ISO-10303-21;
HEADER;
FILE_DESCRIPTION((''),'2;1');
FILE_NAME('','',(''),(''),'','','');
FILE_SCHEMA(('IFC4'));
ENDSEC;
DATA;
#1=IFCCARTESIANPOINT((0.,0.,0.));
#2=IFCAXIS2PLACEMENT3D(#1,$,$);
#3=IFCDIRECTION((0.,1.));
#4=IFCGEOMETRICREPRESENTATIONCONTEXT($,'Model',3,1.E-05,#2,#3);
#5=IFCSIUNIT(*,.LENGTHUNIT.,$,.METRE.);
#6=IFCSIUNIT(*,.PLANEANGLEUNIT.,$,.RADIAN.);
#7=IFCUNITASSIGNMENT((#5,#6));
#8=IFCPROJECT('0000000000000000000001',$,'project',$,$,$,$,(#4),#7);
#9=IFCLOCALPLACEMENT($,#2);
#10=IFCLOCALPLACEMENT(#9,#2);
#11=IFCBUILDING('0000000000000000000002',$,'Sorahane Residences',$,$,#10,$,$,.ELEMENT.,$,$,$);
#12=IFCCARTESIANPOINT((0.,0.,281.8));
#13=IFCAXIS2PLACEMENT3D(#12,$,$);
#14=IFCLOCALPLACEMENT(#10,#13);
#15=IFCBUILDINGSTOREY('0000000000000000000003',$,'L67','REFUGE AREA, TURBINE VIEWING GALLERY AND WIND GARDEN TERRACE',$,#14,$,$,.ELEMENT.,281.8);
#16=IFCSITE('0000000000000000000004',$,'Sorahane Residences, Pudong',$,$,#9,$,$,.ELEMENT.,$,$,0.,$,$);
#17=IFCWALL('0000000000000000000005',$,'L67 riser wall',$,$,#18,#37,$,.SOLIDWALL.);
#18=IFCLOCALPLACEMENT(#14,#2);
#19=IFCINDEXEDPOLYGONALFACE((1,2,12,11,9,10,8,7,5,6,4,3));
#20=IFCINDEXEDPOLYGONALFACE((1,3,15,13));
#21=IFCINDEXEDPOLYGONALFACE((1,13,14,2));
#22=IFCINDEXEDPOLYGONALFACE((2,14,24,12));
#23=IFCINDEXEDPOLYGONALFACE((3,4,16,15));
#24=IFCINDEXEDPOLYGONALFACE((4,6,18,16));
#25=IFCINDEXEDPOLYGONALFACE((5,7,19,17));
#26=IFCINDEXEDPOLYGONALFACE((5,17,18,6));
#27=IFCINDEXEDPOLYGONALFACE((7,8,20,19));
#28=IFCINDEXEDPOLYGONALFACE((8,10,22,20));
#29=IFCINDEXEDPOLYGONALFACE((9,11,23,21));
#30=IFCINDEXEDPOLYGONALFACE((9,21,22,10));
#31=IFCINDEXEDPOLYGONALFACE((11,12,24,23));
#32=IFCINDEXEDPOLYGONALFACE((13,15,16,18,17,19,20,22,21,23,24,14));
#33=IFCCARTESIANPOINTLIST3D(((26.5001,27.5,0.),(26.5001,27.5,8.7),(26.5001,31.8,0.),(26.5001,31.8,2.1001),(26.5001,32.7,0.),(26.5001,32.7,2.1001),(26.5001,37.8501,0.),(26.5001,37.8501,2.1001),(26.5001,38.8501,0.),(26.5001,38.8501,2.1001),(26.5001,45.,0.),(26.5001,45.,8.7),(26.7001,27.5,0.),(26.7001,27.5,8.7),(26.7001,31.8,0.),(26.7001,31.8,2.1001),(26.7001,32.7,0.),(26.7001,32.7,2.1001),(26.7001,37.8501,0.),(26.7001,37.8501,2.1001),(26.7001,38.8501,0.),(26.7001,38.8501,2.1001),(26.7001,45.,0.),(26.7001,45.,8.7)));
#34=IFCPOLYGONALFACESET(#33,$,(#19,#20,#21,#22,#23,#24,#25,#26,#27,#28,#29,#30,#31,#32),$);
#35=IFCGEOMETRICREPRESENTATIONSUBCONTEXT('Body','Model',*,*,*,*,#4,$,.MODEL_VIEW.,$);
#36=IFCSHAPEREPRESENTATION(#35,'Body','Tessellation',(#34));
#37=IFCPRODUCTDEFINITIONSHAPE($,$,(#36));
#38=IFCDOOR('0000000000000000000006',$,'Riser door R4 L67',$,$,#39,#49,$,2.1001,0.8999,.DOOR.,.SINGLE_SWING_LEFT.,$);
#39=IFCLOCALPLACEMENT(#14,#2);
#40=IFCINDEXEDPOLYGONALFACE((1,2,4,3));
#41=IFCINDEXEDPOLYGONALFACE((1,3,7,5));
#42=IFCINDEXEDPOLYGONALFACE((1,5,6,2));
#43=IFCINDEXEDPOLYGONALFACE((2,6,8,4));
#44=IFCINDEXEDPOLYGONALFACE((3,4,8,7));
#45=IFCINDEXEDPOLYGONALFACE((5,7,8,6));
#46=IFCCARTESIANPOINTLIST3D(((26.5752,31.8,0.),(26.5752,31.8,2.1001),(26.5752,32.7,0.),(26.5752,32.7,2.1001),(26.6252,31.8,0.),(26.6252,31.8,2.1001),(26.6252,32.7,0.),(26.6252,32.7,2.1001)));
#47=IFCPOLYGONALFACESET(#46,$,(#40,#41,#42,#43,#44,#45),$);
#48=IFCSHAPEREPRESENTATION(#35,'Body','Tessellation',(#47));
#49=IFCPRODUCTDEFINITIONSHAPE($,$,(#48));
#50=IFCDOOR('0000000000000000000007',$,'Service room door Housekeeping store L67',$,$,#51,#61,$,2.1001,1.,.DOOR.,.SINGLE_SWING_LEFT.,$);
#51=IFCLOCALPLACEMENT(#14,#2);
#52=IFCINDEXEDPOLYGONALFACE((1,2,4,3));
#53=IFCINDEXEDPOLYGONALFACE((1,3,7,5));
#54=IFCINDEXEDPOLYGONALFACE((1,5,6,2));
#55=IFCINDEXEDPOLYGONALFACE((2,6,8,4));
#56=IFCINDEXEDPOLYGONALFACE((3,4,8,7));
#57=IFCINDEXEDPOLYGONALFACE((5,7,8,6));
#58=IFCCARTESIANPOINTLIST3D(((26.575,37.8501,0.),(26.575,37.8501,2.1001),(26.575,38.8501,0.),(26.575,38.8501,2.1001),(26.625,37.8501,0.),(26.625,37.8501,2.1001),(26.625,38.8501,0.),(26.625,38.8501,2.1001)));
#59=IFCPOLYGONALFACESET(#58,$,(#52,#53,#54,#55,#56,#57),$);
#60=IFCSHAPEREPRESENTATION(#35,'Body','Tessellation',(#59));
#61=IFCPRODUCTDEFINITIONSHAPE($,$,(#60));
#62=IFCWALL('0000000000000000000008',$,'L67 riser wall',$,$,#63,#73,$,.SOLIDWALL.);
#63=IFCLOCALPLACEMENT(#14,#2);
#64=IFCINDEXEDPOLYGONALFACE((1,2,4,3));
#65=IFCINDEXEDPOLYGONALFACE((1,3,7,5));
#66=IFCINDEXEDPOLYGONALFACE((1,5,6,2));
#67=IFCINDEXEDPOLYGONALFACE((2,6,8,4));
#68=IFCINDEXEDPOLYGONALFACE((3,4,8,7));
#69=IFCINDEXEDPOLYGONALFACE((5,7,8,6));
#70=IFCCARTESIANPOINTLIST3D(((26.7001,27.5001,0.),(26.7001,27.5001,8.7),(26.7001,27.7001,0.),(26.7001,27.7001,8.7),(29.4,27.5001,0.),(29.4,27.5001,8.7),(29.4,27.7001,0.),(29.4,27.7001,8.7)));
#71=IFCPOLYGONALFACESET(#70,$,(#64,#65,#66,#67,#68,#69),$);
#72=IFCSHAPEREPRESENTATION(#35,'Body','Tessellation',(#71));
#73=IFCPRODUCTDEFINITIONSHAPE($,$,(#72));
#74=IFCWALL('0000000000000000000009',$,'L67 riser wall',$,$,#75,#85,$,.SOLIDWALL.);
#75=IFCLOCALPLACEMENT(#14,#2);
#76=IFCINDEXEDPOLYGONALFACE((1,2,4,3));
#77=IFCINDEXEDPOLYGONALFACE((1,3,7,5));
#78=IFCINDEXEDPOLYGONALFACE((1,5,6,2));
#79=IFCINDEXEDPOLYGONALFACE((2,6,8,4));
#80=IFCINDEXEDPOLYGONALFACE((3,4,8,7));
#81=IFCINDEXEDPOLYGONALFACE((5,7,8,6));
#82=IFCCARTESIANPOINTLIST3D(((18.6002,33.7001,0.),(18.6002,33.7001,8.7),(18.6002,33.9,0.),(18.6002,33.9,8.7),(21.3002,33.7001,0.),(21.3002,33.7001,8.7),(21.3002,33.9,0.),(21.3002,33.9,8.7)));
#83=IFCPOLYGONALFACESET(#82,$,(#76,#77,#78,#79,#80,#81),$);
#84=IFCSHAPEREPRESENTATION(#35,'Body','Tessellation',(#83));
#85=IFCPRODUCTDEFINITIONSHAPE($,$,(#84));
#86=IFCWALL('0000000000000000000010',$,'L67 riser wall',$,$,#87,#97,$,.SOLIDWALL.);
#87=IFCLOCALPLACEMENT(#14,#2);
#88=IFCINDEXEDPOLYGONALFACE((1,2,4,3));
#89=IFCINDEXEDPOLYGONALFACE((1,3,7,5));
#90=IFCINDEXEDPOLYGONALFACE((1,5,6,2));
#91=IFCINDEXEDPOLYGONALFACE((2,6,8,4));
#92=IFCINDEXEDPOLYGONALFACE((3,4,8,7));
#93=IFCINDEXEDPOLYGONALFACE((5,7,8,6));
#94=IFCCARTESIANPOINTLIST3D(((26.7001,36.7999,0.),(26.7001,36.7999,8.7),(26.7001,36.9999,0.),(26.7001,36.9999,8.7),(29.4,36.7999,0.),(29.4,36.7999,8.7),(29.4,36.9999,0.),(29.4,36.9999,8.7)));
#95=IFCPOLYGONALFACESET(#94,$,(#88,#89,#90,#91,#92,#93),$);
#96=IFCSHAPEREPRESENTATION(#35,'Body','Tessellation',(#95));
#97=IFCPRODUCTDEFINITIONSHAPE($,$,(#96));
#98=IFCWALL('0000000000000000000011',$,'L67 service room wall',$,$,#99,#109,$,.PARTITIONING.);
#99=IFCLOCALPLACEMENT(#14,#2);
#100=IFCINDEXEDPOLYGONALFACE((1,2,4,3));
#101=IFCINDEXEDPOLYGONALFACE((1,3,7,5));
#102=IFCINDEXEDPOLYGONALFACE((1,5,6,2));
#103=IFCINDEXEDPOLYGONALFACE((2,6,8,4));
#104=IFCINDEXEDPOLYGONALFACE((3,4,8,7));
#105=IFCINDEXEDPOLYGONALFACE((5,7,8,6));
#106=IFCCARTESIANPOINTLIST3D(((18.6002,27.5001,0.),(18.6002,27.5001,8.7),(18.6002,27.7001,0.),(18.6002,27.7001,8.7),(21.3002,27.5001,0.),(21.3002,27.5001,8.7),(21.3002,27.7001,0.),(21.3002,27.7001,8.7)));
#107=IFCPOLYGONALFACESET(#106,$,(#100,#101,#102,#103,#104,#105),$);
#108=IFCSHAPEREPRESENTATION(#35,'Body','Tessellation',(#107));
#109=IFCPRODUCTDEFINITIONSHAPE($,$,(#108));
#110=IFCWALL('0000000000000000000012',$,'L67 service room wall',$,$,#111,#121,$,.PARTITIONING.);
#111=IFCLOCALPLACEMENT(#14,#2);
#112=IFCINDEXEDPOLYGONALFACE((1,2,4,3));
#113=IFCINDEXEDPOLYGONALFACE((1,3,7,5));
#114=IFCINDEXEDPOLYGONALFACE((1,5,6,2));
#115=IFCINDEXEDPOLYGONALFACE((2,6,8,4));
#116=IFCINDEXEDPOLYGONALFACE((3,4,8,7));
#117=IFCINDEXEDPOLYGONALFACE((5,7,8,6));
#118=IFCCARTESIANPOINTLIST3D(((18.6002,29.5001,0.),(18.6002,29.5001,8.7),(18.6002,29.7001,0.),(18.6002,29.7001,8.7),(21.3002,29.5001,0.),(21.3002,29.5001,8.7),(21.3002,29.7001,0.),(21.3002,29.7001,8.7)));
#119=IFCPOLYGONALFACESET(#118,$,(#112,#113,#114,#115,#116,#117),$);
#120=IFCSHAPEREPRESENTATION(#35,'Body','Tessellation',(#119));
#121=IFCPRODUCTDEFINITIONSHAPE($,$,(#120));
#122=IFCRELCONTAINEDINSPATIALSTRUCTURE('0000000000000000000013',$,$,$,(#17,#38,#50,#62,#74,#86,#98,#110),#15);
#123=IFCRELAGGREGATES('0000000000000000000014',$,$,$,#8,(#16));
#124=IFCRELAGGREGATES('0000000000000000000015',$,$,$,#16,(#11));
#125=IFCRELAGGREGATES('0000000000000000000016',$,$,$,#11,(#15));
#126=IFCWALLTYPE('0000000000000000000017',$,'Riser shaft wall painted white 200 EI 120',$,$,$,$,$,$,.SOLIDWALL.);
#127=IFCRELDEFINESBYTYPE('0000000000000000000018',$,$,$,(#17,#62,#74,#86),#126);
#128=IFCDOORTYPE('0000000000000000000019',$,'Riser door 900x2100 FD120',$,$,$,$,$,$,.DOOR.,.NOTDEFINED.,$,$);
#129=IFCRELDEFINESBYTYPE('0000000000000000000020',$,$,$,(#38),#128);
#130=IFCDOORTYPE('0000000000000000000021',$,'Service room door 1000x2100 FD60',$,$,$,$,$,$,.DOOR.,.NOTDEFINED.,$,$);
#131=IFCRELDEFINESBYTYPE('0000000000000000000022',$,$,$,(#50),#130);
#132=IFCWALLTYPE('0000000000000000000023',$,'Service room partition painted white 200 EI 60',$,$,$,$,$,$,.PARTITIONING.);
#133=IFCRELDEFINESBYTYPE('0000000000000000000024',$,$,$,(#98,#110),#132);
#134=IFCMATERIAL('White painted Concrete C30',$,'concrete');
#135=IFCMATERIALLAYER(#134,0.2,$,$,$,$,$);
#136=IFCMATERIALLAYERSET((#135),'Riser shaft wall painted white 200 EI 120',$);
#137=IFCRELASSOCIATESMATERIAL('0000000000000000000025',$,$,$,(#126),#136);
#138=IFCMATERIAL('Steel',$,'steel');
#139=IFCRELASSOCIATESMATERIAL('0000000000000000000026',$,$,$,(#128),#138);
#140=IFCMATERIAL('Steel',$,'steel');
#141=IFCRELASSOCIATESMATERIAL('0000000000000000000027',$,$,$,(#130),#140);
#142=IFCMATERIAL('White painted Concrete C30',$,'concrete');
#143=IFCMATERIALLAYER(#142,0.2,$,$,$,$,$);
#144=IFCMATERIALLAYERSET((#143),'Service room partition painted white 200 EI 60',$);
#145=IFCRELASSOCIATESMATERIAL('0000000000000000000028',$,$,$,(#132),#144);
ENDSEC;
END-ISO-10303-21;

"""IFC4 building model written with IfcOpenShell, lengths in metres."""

from ifc_helpers import new_model, si_unit, direction, frame, frame_2d, origin, place, context, subcontext, project, spatial, rectangle, extrude, material, layer, layer_set, type_object, element, fill, save


model = new_model("IFC4")

# Units and contexts
model_context = context("Model", 3, precision=1e-05, world=origin(), true_north=direction((0.0, 1.0)))
body_context = subcontext(model_context, "Body", "Model", "MODEL_VIEW")
ifc_project = project(units=[si_unit("LENGTHUNIT", "METRE"), si_unit("PLANEANGLEUNIT", "RADIAN")], contexts=[model_context])

# Site, building, storey
site_placement = place(None, origin())
site = spatial("IfcSite", under=ifc_project, at=site_placement, Name="Sorahane Residences, Pudong", CompositionType="ELEMENT", RefElevation=0.0)
building_placement = place(site_placement, origin())
building = spatial("IfcBuilding", under=site, at=building_placement, Name="Sorahane Residences", CompositionType="ELEMENT")
storey_placement = place(building_placement, frame((0.0, 0.0, 281.8)))
storey = spatial("IfcBuildingStorey", under=building, at=storey_placement, Name="L67", Description="REFUGE AREA, TURBINE VIEWING GALLERY AND WIND GARDEN TERRACE", CompositionType="ELEMENT", Elevation=281.8)

# Wall, openings, doors
ifc_material_1 = material(Name="White painted Concrete C30", Category="concrete")
ifc_layer_1 = layer(ifc_material_1, 0.2)
ifc_layer_set_1 = layer_set([ifc_layer_1], Name="Riser shaft wall painted white 200 EI 120")
wall_type_1 = type_object("IfcWallType", Name="Riser shaft wall painted white 200 EI 120", PredefinedType="SOLIDWALL", material=ifc_layer_set_1)
wall_1_placement = place(storey_placement, frame((26.6001, 27.5, 0.0), z_axis=(0.0, 0.0, 1.0), x_axis=(0.0, 1.0, 0.0)))
wall_1 = element("IfcWall", 1, at=wall_1_placement, inside=storey, type_object=wall_type_1, Name="L67 riser wall", PredefinedType="SOLIDWALL", context=body_context, shape_type="SweptSolid", body=[
    extrude(rectangle(XDim=17.5, YDim=0.2, at=frame_2d((8.75, 0.0))), origin(), (0.0, 0.0, 1.0), 8.7),
])
opening_1_placement = place(wall_1_placement, frame((4.3, 0.0, 0.0)))
opening_1 = element("IfcOpeningElement", 2, at=opening_1_placement, cuts=wall_1, PredefinedType="OPENING", context=body_context, shape_type="SweptSolid", body=[
    extrude(rectangle(XDim=0.8999, YDim=2.1001, at=frame_2d((0.45, 1.05))), frame((0.0, 0.1099, 0.0), z_axis=(0.0, -1.0, 0.0), x_axis=(1.0, 0.0, 0.0)), (0.0, 0.0, 1.0), 0.22),
])
opening_2_placement = place(wall_1_placement, frame((10.3501, 0.0, 0.0)))
opening_2 = element("IfcOpeningElement", 3, at=opening_2_placement, cuts=wall_1, PredefinedType="OPENING", context=body_context, shape_type="SweptSolid", body=[
    extrude(rectangle(XDim=1.0, YDim=2.1001, at=frame_2d((0.5, 1.05))), frame((0.0, 0.1099, 0.0), z_axis=(0.0, -1.0, 0.0), x_axis=(1.0, 0.0, 0.0)), (0.0, 0.0, 1.0), 0.22),
])
ifc_material_2 = material(Name="Steel", Category="steel")
door_type_1 = type_object("IfcDoorType", Name="Riser door 900x2100 FD120", OperationType="NOTDEFINED", PredefinedType="DOOR", material=ifc_material_2)
door_1_placement = place(opening_1_placement, origin())
door_1 = element("IfcDoor", 4, at=door_1_placement, inside=storey, type_object=door_type_1, Name="Riser door R4 L67", OperationType="SINGLE_SWING_LEFT", OverallHeight=2.1001, OverallWidth=0.8999, PredefinedType="DOOR", context=body_context, shape_type="SweptSolid", body=[
    extrude(rectangle(XDim=0.8999, YDim=2.1001, at=frame_2d((0.45, 1.05))), frame((0.0, 0.0249, 0.0), z_axis=(0.0, -1.0, 0.0), x_axis=(1.0, 0.0, 0.0)), (0.0, 0.0, 1.0), 0.05),
])
fill(opening_1, door_1)
ifc_material_3 = material(Name="Steel", Category="steel")
door_type_2 = type_object("IfcDoorType", Name="Service room door 1000x2100 FD60", OperationType="NOTDEFINED", PredefinedType="DOOR", material=ifc_material_3)
door_2_placement = place(opening_2_placement, frame((1.0, 0.0, 0.0), z_axis=(0.0, 0.0, 1.0), x_axis=(-1.0, 0.0, 0.0)))
door_2 = element("IfcDoor", 5, at=door_2_placement, inside=storey, type_object=door_type_2, Name="Service room door Housekeeping store L67", OperationType="SINGLE_SWING_LEFT", OverallHeight=2.1001, OverallWidth=1.0, PredefinedType="DOOR", context=body_context, shape_type="SweptSolid", body=[
    extrude(rectangle(XDim=1.0, YDim=2.1001, at=frame_2d((0.5, 1.05))), frame((0.0, 0.0249, 0.0), z_axis=(0.0, -1.0, 0.0), x_axis=(1.0, 0.0, 0.0)), (0.0, 0.0, 1.0), 0.05),
])
fill(opening_2, door_2)

# Walls
for number, where, z_axis, x_axis, name in (
    (6, (26.7, 27.6001, 0.0), (0.0, 0.0, 1.0), (1.0, 0.0, 0.0), "L67 riser wall"),
    (7, (18.6001, 33.8, 0.0), (0.0, 0.0, 1.0), (1.0, 0.0, 0.0), "L67 riser wall"),
    (8, (26.7, 36.8999, 0.0), (0.0, 0.0, 1.0), (1.0, 0.0, 0.0), "L67 riser wall"),
):
    element("IfcWall", number, at=place(storey_placement, frame(where, z_axis=z_axis, x_axis=x_axis)), inside=storey, type_object=wall_type_1, Name=name, PredefinedType="SOLIDWALL", context=body_context, shape_type="SweptSolid", body=[
        extrude(rectangle(XDim=2.7, YDim=0.2, at=frame_2d((1.3501, 0.0))), origin(), (0.0, 0.0, 1.0), 8.7),
    ])
ifc_material_4 = material(Name="White painted Concrete C30", Category="concrete")
ifc_layer_2 = layer(ifc_material_4, 0.2)
ifc_layer_set_2 = layer_set([ifc_layer_2], Name="Service room partition painted white 200 EI 60")
wall_type_2 = type_object("IfcWallType", Name="Service room partition painted white 200 EI 60", PredefinedType="PARTITIONING", material=ifc_layer_set_2)
for number, where, z_axis, x_axis, name in (
    (9, (18.6001, 27.6001, 0.0), (0.0, 0.0, 1.0), (1.0, 0.0, 0.0), "L67 service room wall"),
    (10, (18.6001, 29.6001, 0.0), (0.0, 0.0, 1.0), (1.0, 0.0, 0.0), "L67 service room wall"),
):
    element("IfcWall", number, at=place(storey_placement, frame(where, z_axis=z_axis, x_axis=x_axis)), inside=storey, type_object=wall_type_2, Name=name, PredefinedType="PARTITIONING", context=body_context, shape_type="SweptSolid", body=[
        extrude(rectangle(XDim=2.7, YDim=0.2, at=frame_2d((1.3501, 0.0))), origin(), (0.0, 0.0, 1.0), 8.7),
    ])

save(model, "model.ifc")
